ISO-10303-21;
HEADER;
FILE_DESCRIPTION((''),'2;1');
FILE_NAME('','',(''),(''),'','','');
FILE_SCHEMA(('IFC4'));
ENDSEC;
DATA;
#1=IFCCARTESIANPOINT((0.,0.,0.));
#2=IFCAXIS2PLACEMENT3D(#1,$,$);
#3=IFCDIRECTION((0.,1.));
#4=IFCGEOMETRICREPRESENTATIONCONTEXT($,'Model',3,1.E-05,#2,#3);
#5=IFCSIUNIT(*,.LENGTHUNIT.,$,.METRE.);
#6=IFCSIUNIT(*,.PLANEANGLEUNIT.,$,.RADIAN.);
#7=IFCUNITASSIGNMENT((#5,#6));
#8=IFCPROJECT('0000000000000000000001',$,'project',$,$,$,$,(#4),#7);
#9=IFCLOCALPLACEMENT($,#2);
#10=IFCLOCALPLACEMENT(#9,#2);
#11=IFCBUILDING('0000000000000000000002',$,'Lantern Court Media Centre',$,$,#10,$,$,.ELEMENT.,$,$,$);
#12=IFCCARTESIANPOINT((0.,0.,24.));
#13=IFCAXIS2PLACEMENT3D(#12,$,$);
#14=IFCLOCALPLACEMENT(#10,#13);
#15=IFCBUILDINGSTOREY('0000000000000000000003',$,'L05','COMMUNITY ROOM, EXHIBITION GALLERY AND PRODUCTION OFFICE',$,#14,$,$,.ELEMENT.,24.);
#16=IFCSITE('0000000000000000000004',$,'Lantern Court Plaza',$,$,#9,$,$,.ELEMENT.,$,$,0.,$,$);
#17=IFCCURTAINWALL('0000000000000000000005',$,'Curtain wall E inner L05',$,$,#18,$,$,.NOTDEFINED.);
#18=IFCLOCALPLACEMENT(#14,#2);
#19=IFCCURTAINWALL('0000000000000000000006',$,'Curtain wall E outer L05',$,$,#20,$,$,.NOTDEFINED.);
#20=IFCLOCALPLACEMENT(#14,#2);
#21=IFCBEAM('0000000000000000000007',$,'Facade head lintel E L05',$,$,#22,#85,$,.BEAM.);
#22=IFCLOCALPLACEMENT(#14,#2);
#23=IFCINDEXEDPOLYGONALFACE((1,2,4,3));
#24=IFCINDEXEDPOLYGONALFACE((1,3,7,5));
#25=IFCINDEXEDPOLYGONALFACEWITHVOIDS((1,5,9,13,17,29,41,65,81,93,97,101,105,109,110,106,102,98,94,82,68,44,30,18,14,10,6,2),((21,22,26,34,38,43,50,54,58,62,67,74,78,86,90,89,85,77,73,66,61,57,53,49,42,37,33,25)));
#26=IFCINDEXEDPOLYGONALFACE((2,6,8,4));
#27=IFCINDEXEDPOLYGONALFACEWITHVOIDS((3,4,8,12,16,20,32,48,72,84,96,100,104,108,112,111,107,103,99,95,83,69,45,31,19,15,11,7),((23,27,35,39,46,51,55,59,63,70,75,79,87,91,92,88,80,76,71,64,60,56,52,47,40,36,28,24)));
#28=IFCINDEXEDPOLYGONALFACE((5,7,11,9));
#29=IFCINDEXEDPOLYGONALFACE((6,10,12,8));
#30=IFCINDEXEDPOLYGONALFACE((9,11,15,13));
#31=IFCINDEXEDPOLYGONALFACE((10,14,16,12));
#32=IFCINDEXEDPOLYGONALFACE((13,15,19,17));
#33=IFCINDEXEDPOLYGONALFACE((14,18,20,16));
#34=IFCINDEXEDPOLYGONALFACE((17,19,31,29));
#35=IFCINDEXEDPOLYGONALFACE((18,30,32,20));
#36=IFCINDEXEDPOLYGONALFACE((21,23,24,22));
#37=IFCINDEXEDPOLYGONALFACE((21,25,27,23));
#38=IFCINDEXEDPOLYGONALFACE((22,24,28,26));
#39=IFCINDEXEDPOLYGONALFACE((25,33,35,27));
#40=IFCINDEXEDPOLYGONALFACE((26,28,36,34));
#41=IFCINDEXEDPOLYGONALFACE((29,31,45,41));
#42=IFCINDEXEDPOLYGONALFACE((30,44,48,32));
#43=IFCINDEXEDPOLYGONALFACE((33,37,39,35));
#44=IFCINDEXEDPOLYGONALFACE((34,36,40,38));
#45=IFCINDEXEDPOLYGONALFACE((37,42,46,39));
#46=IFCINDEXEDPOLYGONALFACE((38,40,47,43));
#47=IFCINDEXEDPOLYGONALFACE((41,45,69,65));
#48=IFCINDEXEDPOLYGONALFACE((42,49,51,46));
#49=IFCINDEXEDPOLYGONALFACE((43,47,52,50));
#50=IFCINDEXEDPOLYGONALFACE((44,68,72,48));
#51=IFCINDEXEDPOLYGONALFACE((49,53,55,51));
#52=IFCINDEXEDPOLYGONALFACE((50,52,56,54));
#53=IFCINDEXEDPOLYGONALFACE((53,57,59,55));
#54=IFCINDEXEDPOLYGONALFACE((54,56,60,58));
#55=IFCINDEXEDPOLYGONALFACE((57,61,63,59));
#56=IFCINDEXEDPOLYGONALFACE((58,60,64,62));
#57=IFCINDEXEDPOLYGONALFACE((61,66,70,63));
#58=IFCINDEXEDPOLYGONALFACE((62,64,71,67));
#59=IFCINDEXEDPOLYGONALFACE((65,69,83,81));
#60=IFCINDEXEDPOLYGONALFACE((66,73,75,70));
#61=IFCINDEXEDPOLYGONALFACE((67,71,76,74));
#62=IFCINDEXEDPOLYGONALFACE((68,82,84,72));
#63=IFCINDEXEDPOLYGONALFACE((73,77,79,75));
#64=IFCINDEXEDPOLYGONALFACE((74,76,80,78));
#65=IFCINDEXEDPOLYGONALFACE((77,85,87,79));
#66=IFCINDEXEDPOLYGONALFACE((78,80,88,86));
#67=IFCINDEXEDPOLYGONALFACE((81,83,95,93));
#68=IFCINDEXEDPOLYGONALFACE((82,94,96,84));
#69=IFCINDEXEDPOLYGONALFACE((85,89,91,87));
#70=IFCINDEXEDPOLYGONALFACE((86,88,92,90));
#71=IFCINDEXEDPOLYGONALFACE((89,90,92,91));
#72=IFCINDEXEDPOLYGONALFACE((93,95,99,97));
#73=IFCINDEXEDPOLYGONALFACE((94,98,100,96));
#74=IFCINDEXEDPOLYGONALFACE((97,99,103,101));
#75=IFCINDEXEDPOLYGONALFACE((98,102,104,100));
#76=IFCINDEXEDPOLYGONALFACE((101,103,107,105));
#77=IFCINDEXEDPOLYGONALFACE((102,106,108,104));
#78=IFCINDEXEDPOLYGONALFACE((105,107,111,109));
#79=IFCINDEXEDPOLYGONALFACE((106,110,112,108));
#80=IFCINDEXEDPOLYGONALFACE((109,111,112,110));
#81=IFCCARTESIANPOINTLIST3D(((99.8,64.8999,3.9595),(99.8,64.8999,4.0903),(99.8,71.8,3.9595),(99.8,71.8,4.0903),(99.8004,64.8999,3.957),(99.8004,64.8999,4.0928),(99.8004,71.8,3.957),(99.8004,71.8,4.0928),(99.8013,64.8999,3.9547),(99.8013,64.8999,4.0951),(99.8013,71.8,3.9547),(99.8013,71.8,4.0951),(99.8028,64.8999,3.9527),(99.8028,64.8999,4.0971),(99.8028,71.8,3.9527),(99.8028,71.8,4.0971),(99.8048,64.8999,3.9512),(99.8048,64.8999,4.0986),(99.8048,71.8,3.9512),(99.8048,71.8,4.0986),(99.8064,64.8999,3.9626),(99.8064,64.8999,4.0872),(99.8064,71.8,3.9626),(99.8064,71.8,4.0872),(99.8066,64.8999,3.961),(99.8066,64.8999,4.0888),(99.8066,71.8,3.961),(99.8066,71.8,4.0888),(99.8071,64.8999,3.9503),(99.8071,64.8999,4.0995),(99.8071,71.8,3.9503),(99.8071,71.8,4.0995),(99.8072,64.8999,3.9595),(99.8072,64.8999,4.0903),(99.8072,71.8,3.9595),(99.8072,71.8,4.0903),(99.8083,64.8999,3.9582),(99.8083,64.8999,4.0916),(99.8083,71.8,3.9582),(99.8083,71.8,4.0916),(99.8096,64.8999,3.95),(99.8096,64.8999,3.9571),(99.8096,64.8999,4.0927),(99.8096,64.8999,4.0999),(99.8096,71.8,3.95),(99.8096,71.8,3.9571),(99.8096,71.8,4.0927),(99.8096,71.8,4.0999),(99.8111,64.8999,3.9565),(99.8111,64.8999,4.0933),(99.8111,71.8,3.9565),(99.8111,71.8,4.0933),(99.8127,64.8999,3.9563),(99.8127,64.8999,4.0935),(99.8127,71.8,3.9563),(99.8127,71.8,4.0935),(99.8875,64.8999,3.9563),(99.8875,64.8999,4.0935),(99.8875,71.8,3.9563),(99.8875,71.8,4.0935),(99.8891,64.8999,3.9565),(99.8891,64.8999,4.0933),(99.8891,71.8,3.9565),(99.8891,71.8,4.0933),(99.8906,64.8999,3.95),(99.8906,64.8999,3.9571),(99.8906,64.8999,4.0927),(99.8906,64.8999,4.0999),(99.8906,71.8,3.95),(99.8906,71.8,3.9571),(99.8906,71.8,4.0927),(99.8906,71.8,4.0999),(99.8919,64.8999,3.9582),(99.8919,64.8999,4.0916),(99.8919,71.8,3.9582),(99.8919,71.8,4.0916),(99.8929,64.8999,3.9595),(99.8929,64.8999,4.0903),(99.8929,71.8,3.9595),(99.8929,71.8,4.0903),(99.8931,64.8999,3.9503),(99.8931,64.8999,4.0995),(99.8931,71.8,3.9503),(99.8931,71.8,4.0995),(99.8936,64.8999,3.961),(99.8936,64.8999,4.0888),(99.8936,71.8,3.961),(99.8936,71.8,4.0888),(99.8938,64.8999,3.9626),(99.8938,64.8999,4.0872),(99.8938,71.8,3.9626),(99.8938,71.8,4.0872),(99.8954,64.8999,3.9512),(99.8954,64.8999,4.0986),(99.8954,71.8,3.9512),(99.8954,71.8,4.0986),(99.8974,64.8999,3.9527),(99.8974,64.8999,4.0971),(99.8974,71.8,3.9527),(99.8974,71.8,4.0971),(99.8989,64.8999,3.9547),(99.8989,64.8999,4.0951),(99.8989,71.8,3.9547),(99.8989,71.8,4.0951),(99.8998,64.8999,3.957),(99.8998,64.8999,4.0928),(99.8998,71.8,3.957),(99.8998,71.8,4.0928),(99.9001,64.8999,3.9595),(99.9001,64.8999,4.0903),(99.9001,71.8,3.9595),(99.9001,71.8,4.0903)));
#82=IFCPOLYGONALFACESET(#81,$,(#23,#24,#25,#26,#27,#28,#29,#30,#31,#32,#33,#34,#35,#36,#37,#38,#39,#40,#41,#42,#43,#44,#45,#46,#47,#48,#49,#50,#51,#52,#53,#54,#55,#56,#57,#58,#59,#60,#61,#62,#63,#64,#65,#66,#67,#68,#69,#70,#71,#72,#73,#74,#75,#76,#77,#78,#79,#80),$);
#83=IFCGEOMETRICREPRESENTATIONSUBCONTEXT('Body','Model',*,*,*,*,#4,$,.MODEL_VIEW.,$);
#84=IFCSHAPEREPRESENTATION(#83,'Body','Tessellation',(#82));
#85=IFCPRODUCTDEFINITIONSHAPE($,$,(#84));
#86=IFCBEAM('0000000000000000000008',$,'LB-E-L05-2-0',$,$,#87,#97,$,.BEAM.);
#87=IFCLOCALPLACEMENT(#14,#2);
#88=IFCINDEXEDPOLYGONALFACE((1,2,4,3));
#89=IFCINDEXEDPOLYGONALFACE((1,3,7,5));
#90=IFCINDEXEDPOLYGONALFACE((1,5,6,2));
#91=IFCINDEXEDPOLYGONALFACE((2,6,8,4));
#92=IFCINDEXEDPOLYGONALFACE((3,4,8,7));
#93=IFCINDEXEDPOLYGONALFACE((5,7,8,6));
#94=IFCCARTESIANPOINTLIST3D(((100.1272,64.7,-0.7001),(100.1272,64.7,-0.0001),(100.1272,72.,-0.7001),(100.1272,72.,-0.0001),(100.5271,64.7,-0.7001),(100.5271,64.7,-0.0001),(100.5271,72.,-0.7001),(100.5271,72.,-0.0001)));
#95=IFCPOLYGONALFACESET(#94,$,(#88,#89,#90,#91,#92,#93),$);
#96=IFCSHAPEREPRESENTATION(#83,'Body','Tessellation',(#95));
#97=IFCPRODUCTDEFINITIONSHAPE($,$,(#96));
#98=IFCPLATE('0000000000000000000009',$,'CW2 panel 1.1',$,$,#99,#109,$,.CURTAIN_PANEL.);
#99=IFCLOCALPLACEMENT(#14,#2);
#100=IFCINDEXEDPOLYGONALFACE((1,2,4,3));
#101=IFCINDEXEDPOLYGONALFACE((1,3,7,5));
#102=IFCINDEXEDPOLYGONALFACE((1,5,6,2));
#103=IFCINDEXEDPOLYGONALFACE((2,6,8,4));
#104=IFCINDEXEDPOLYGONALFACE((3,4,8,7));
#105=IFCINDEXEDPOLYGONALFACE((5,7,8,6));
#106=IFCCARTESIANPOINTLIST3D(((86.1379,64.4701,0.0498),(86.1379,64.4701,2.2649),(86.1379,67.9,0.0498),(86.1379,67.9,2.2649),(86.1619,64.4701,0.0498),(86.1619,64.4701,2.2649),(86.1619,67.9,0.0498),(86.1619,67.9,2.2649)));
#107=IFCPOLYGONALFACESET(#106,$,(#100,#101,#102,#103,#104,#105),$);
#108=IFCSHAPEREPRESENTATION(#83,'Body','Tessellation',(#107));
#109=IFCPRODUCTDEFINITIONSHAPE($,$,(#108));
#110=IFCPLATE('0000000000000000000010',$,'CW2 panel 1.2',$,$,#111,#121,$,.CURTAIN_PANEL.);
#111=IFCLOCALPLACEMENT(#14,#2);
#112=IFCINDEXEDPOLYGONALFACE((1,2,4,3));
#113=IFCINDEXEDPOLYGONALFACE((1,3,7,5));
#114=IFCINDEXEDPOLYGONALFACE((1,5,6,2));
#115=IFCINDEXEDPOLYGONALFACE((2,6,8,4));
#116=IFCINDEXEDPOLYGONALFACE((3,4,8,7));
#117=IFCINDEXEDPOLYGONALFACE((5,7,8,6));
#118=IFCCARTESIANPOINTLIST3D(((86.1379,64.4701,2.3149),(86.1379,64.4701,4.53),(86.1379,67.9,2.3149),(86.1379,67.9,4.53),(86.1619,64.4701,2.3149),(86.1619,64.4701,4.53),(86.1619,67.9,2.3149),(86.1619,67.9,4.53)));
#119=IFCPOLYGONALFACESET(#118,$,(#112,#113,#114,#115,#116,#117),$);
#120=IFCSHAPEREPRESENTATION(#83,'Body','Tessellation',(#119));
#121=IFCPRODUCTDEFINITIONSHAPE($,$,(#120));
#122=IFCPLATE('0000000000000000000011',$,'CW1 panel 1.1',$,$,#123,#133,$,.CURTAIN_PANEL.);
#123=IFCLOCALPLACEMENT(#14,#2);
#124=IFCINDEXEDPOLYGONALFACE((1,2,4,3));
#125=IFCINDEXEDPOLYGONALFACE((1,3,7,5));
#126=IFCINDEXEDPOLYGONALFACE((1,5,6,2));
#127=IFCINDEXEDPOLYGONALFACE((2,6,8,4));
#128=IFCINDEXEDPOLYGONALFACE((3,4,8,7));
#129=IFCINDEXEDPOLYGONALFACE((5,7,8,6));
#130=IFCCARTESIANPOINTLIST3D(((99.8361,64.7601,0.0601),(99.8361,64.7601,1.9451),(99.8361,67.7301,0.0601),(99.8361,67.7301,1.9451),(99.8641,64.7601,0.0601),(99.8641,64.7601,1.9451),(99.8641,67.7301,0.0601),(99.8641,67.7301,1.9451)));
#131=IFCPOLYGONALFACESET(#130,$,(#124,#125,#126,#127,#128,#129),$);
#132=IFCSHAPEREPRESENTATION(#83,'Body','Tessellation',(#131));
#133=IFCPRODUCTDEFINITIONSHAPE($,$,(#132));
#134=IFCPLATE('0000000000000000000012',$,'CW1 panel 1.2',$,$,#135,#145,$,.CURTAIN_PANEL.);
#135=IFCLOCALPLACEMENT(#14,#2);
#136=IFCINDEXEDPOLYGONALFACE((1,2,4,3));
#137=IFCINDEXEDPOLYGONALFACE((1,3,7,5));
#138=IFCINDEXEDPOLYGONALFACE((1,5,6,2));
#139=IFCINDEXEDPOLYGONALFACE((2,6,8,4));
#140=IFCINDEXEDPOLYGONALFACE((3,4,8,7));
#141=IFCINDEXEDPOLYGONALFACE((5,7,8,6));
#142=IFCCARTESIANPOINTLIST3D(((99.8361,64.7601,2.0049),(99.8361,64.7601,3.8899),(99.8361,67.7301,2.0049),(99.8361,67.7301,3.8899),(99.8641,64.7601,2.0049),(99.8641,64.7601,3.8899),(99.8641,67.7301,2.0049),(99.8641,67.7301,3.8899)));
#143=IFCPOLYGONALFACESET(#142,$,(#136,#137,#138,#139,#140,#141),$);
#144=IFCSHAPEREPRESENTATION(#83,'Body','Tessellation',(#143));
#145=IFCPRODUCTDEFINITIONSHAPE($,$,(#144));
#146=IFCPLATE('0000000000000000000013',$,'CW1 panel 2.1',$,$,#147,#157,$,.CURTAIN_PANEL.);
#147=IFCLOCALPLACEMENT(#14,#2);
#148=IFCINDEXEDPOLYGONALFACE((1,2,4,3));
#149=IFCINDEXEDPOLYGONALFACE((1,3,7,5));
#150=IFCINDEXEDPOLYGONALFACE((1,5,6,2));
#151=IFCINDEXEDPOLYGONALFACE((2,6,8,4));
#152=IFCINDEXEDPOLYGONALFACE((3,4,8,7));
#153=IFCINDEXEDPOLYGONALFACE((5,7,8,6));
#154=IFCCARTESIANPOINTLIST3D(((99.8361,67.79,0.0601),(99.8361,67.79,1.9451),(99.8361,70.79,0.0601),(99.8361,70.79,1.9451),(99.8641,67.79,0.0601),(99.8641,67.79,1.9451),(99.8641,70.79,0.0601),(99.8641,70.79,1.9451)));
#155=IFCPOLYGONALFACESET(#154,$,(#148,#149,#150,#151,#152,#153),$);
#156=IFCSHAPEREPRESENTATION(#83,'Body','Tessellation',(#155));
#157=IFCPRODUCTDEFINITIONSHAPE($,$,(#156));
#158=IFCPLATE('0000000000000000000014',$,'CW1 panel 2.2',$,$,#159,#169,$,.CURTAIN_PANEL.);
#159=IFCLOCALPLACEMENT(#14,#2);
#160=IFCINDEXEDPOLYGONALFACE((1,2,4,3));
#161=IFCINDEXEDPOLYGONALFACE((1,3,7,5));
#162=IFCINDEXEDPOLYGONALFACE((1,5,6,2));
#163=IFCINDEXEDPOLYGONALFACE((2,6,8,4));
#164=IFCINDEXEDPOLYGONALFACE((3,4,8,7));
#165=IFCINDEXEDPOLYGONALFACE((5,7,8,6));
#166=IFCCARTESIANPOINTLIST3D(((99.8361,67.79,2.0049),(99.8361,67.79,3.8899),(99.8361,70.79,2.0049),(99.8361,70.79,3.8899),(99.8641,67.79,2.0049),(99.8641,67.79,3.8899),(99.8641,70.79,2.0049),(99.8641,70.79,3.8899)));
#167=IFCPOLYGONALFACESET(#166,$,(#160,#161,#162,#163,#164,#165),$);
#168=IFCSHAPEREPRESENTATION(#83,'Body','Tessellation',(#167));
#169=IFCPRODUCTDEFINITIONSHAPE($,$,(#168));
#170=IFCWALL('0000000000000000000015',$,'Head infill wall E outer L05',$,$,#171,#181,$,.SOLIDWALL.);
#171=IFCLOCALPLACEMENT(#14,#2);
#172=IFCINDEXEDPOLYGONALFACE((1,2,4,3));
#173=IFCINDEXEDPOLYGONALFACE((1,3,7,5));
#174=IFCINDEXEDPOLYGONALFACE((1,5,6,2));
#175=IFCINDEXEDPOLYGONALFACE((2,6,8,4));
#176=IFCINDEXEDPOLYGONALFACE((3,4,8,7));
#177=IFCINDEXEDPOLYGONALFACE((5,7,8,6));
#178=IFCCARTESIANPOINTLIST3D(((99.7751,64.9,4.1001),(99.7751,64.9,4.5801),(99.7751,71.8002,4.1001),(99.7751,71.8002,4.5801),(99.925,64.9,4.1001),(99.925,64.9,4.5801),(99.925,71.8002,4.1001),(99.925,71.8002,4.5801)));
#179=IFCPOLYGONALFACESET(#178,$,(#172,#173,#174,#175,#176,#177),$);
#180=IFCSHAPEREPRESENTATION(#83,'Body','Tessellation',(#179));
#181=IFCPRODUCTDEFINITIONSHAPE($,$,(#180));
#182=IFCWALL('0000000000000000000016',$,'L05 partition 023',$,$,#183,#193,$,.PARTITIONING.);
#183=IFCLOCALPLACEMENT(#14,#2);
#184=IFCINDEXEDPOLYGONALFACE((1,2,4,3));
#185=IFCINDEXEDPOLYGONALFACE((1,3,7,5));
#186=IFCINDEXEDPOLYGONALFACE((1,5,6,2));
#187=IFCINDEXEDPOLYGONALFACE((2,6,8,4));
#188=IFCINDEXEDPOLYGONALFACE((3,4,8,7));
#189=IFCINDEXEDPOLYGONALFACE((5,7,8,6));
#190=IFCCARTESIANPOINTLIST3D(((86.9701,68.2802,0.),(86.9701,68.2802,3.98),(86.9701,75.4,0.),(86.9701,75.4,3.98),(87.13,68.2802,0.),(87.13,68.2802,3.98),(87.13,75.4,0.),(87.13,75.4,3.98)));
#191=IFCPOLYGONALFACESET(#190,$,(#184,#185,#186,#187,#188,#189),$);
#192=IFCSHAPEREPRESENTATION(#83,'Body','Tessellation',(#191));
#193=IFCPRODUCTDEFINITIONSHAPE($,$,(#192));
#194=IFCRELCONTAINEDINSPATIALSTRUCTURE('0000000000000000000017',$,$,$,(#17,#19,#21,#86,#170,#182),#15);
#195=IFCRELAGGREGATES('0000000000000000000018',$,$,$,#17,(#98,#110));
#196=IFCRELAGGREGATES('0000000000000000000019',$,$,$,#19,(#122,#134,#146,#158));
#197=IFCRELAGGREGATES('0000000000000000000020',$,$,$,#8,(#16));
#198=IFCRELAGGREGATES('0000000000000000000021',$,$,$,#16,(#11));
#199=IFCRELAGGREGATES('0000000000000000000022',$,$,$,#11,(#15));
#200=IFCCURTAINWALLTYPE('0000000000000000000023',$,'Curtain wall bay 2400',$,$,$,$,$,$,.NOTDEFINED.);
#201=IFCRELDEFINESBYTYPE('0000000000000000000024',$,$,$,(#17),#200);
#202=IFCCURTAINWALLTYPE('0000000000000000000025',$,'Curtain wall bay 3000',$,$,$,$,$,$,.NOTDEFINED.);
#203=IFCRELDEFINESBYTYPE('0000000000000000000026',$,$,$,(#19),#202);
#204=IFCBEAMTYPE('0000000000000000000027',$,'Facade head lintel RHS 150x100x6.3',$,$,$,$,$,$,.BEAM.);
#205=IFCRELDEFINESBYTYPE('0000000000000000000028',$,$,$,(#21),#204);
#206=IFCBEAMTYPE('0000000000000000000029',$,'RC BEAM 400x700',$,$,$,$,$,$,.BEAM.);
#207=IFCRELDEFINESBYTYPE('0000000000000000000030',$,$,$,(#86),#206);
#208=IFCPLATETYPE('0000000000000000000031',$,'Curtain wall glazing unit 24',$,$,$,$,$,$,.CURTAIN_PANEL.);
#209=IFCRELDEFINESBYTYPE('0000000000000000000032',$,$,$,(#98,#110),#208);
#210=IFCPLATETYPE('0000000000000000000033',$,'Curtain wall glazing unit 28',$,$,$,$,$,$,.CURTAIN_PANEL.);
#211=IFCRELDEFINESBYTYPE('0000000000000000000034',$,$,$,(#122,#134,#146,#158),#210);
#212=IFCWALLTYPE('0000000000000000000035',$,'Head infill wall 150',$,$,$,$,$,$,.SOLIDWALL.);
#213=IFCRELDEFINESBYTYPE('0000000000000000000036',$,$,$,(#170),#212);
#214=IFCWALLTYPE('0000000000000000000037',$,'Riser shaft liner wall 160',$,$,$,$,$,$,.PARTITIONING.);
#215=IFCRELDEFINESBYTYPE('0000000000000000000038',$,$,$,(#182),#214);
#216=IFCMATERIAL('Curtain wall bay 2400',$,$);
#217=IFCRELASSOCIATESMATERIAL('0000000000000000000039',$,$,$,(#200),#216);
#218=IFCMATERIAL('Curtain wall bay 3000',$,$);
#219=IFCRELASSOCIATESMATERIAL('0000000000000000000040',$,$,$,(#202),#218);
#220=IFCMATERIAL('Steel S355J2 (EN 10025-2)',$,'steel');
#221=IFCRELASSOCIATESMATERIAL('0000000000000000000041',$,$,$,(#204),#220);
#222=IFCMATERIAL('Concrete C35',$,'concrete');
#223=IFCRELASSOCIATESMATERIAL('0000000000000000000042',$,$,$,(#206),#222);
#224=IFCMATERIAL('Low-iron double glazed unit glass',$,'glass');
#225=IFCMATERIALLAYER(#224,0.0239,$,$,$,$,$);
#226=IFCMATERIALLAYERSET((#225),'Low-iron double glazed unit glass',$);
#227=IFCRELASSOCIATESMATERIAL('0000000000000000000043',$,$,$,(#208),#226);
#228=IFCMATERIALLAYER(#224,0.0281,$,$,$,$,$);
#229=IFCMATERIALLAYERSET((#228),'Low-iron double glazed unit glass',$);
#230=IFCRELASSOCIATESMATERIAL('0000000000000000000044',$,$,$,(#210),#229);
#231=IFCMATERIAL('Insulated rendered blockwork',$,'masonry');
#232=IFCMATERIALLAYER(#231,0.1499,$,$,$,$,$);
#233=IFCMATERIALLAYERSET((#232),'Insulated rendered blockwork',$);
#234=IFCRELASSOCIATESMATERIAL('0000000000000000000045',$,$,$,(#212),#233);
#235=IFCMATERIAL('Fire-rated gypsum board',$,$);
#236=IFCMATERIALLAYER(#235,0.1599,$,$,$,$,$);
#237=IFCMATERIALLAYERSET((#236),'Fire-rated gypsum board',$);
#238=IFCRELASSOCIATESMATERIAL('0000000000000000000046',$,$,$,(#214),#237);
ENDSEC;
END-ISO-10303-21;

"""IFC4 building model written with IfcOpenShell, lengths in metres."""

from ifc_helpers import new_model, si_unit, direction, frame, frame_2d, origin, origin_2d, place, context, subcontext, project, spatial, rectangle, hollow_rectangle, extrude, material, layer, layer_set, material_profile, profile_set, type_object, element, aggregate, save


model = new_model("IFC4")

# Units and contexts
model_context = context("Model", 3, precision=1e-05, world=origin(), true_north=direction((0.0, 1.0)))
body_context = subcontext(model_context, "Body", "Model", "MODEL_VIEW")
ifc_project = project(units=[si_unit("LENGTHUNIT", "METRE"), si_unit("PLANEANGLEUNIT", "RADIAN")], contexts=[model_context])

# Site, building, storey
site_placement = place(None, origin())
site = spatial("IfcSite", under=ifc_project, at=site_placement, Name="Lantern Court Plaza", CompositionType="ELEMENT", RefElevation=0.0)
building_placement = place(site_placement, origin())
building = spatial("IfcBuilding", under=site, at=building_placement, Name="Lantern Court Media Centre", CompositionType="ELEMENT")
storey_placement = place(building_placement, frame((0.0, 0.0, 24.0)))
storey = spatial("IfcBuildingStorey", under=building, at=storey_placement, Name="L05", Description="COMMUNITY ROOM, EXHIBITION GALLERY AND PRODUCTION OFFICE", CompositionType="ELEMENT", Elevation=24.0)

# Shared definitions
ifc_material_1 = material(Name="Concrete C35", Category="concrete")

# Curtain wall
ifc_material_2 = material(Name="Curtain wall bay 2400")
curtain_wall_type_1 = type_object("IfcCurtainWallType", Name="Curtain wall bay 2400", PredefinedType="NOTDEFINED", material=ifc_material_2)
curtain_wall_1_placement = place(storey_placement, origin())
curtain_wall_1 = element("IfcCurtainWall", 1, at=curtain_wall_1_placement, inside=storey, type_object=curtain_wall_type_1, Name="Curtain wall E inner L05", PredefinedType="NOTDEFINED")

# Curtain wall
ifc_material_3 = material(Name="Curtain wall bay 3000")
curtain_wall_type_2 = type_object("IfcCurtainWallType", Name="Curtain wall bay 3000", PredefinedType="NOTDEFINED", material=ifc_material_3)
curtain_wall_2_placement = place(storey_placement, origin())
curtain_wall_2 = element("IfcCurtainWall", 2, at=curtain_wall_2_placement, inside=storey, type_object=curtain_wall_type_2, Name="Curtain wall E outer L05", PredefinedType="NOTDEFINED")

# Beams
ifc_material_4 = material(Name="Steel S355J2 (EN 10025-2)", Category="steel")
ifc_material_profile_1 = material_profile(ifc_material_4, hollow_rectangle(XDim=0.1001, YDim=0.1499, WallThickness=0.0063, InnerFilletRadius=0.0063, OuterFilletRadius=0.0095, at=origin_2d()), Name="Facade head lintel RHS 150x100x6.3")
ifc_profile_set_1 = profile_set([ifc_material_profile_1], Name="Steel S355J2 (EN 10025-2)")
beam_type_1 = type_object("IfcBeamType", Name="Facade head lintel RHS 150x100x6.3", PredefinedType="BEAM", material=ifc_profile_set_1)
beam_1_placement = place(storey_placement, frame((99.8501, 64.8999, 4.0249), z_axis=(0.0, 1.0, 0.0), x_axis=(-1.0, 0.0, 0.0)))
element("IfcBeam", 3, at=beam_1_placement, inside=storey, type_object=beam_type_1, Name="Facade head lintel E L05", PredefinedType="BEAM", context=body_context, shape_type="SweptSolid", body=[
    extrude(hollow_rectangle(XDim=0.1001, YDim=0.1499, WallThickness=0.0063, InnerFilletRadius=0.0063, OuterFilletRadius=0.0095, at=origin_2d()), origin(), (0.0, 0.0, 1.0), 6.9001),
])
ifc_material_profile_2 = material_profile(ifc_material_1, rectangle(XDim=0.3999, YDim=0.7, at=origin_2d()), Name="RC 400x700")
ifc_profile_set_2 = profile_set([ifc_material_profile_2], Name="Concrete C35")
beam_type_2 = type_object("IfcBeamType", Name="RC BEAM 400x700", PredefinedType="BEAM", material=ifc_profile_set_2)
beam_2_placement = place(storey_placement, frame((100.3271, 64.7, -0.3501), z_axis=(0.0, 1.0, 0.0), x_axis=(-1.0, 0.0, 0.0)))
element("IfcBeam", 4, at=beam_2_placement, inside=storey, type_object=beam_type_2, Name="LB-E-L05-2-0", PredefinedType="BEAM", context=body_context, shape_type="SweptSolid", body=[
    extrude(rectangle(XDim=0.3999, YDim=0.7, at=origin_2d()), origin(), (0.0, 0.0, 1.0), 7.3),
])

# Plates
ifc_material_5 = material(Name="Low-iron double glazed unit glass", Category="glass")
ifc_layer_1 = layer(ifc_material_5, 0.0239)
ifc_layer_set_1 = layer_set([ifc_layer_1], Name="Low-iron double glazed unit glass")
plate_type_1 = type_object("IfcPlateType", Name="Curtain wall glazing unit 24", PredefinedType="CURTAIN_PANEL", material=ifc_layer_set_1)
plate_1_placement = place(storey_placement, frame((86.1499, 66.1851, 0.0498), z_axis=(0.0, 0.0, 1.0), x_axis=(0.0, 1.0, 0.0)))
plate_1 = element("IfcPlate", 5, at=plate_1_placement, type_object=plate_type_1, Name="CW2 panel 1.1", PredefinedType="CURTAIN_PANEL", context=body_context, shape_type="SweptSolid", body=[
    extrude(rectangle(XDim=3.4299, YDim=0.0239, at=origin_2d()), origin(), (0.0, 0.0, 1.0), 2.2151),
])
plate_2_placement = place(storey_placement, frame((86.1499, 66.1851, 2.3149), z_axis=(0.0, 0.0, 1.0), x_axis=(0.0, 1.0, 0.0)))
plate_2 = element("IfcPlate", 6, at=plate_2_placement, type_object=plate_type_1, Name="CW2 panel 1.2", PredefinedType="CURTAIN_PANEL", context=body_context, shape_type="SweptSolid", body=[
    extrude(rectangle(XDim=3.4299, YDim=0.0239, at=origin_2d()), origin(), (0.0, 0.0, 1.0), 2.2151),
])
aggregate(curtain_wall_1, [plate_1, plate_2])
ifc_layer_2 = layer(ifc_material_5, 0.0281)
ifc_layer_set_2 = layer_set([ifc_layer_2], Name="Low-iron double glazed unit glass")
plate_type_2 = type_object("IfcPlateType", Name="Curtain wall glazing unit 28", PredefinedType="CURTAIN_PANEL", material=ifc_layer_set_2)
plate_3_placement = place(storey_placement, frame((99.8501, 66.2451, 0.0601), z_axis=(0.0, 0.0, 1.0), x_axis=(0.0, 1.0, 0.0)))
plate_3 = element("IfcPlate", 7, at=plate_3_placement, type_object=plate_type_2, Name="CW1 panel 1.1", PredefinedType="CURTAIN_PANEL", context=body_context, shape_type="SweptSolid", body=[
    extrude(rectangle(XDim=2.97, YDim=0.0281, at=origin_2d()), origin(), (0.0, 0.0, 1.0), 1.885),
])
plate_4_placement = place(storey_placement, frame((99.8501, 66.2451, 2.0049), z_axis=(0.0, 0.0, 1.0), x_axis=(0.0, 1.0, 0.0)))
plate_4 = element("IfcPlate", 8, at=plate_4_placement, type_object=plate_type_2, Name="CW1 panel 1.2", PredefinedType="CURTAIN_PANEL", context=body_context, shape_type="SweptSolid", body=[
    extrude(rectangle(XDim=2.97, YDim=0.0281, at=origin_2d()), origin(), (0.0, 0.0, 1.0), 1.885),
])
plate_5_placement = place(storey_placement, frame((99.8501, 69.29, 0.0601), z_axis=(0.0, 0.0, 1.0), x_axis=(0.0, 1.0, 0.0)))
plate_5 = element("IfcPlate", 9, at=plate_5_placement, type_object=plate_type_2, Name="CW1 panel 2.1", PredefinedType="CURTAIN_PANEL", context=body_context, shape_type="SweptSolid", body=[
    extrude(rectangle(XDim=3.0, YDim=0.0281, at=origin_2d()), origin(), (0.0, 0.0, 1.0), 1.885),
])
plate_6_placement = place(storey_placement, frame((99.8501, 69.29, 2.0049), z_axis=(0.0, 0.0, 1.0), x_axis=(0.0, 1.0, 0.0)))
plate_6 = element("IfcPlate", 10, at=plate_6_placement, type_object=plate_type_2, Name="CW1 panel 2.2", PredefinedType="CURTAIN_PANEL", context=body_context, shape_type="SweptSolid", body=[
    extrude(rectangle(XDim=3.0, YDim=0.0281, at=origin_2d()), origin(), (0.0, 0.0, 1.0), 1.885),
])
aggregate(curtain_wall_2, [plate_3, plate_4, plate_5, plate_6])

# Walls
ifc_material_6 = material(Name="Insulated rendered blockwork", Category="masonry")
ifc_layer_3 = layer(ifc_material_6, 0.1499)
ifc_layer_set_3 = layer_set([ifc_layer_3], Name="Insulated rendered blockwork")
wall_type_1 = type_object("IfcWallType", Name="Head infill wall 150", PredefinedType="SOLIDWALL", material=ifc_layer_set_3)
wall_1_placement = place(storey_placement, frame((99.8501, 64.8999, 4.1001), z_axis=(0.0, 0.0, 1.0), x_axis=(0.0, 1.0, 0.0)))
element("IfcWall", 11, at=wall_1_placement, inside=storey, type_object=wall_type_1, Name="Head infill wall E outer L05", PredefinedType="SOLIDWALL", context=body_context, shape_type="SweptSolid", body=[
    extrude(rectangle(XDim=6.9001, YDim=0.1499, at=frame_2d((3.4502, 0.0))), origin(), (0.0, 0.0, 1.0), 0.48),
])
ifc_material_7 = material(Name="Fire-rated gypsum board")
ifc_layer_4 = layer(ifc_material_7, 0.1599)
ifc_layer_set_4 = layer_set([ifc_layer_4], Name="Fire-rated gypsum board")
wall_type_2 = type_object("IfcWallType", Name="Riser shaft liner wall 160", PredefinedType="PARTITIONING", material=ifc_layer_set_4)
wall_2_placement = place(storey_placement, frame((87.05, 68.28, 0.0), z_axis=(0.0, 0.0, 1.0), x_axis=(0.0, 1.0, 0.0)))
element("IfcWall", 12, at=wall_2_placement, inside=storey, type_object=wall_type_2, Name="L05 partition 023", PredefinedType="PARTITIONING", context=body_context, shape_type="SweptSolid", body=[
    extrude(rectangle(XDim=7.1199, YDim=0.1599, at=frame_2d((3.5601, 0.0))), origin(), (0.0, 0.0, 1.0), 3.98),
])

save(model, "model.ifc")
